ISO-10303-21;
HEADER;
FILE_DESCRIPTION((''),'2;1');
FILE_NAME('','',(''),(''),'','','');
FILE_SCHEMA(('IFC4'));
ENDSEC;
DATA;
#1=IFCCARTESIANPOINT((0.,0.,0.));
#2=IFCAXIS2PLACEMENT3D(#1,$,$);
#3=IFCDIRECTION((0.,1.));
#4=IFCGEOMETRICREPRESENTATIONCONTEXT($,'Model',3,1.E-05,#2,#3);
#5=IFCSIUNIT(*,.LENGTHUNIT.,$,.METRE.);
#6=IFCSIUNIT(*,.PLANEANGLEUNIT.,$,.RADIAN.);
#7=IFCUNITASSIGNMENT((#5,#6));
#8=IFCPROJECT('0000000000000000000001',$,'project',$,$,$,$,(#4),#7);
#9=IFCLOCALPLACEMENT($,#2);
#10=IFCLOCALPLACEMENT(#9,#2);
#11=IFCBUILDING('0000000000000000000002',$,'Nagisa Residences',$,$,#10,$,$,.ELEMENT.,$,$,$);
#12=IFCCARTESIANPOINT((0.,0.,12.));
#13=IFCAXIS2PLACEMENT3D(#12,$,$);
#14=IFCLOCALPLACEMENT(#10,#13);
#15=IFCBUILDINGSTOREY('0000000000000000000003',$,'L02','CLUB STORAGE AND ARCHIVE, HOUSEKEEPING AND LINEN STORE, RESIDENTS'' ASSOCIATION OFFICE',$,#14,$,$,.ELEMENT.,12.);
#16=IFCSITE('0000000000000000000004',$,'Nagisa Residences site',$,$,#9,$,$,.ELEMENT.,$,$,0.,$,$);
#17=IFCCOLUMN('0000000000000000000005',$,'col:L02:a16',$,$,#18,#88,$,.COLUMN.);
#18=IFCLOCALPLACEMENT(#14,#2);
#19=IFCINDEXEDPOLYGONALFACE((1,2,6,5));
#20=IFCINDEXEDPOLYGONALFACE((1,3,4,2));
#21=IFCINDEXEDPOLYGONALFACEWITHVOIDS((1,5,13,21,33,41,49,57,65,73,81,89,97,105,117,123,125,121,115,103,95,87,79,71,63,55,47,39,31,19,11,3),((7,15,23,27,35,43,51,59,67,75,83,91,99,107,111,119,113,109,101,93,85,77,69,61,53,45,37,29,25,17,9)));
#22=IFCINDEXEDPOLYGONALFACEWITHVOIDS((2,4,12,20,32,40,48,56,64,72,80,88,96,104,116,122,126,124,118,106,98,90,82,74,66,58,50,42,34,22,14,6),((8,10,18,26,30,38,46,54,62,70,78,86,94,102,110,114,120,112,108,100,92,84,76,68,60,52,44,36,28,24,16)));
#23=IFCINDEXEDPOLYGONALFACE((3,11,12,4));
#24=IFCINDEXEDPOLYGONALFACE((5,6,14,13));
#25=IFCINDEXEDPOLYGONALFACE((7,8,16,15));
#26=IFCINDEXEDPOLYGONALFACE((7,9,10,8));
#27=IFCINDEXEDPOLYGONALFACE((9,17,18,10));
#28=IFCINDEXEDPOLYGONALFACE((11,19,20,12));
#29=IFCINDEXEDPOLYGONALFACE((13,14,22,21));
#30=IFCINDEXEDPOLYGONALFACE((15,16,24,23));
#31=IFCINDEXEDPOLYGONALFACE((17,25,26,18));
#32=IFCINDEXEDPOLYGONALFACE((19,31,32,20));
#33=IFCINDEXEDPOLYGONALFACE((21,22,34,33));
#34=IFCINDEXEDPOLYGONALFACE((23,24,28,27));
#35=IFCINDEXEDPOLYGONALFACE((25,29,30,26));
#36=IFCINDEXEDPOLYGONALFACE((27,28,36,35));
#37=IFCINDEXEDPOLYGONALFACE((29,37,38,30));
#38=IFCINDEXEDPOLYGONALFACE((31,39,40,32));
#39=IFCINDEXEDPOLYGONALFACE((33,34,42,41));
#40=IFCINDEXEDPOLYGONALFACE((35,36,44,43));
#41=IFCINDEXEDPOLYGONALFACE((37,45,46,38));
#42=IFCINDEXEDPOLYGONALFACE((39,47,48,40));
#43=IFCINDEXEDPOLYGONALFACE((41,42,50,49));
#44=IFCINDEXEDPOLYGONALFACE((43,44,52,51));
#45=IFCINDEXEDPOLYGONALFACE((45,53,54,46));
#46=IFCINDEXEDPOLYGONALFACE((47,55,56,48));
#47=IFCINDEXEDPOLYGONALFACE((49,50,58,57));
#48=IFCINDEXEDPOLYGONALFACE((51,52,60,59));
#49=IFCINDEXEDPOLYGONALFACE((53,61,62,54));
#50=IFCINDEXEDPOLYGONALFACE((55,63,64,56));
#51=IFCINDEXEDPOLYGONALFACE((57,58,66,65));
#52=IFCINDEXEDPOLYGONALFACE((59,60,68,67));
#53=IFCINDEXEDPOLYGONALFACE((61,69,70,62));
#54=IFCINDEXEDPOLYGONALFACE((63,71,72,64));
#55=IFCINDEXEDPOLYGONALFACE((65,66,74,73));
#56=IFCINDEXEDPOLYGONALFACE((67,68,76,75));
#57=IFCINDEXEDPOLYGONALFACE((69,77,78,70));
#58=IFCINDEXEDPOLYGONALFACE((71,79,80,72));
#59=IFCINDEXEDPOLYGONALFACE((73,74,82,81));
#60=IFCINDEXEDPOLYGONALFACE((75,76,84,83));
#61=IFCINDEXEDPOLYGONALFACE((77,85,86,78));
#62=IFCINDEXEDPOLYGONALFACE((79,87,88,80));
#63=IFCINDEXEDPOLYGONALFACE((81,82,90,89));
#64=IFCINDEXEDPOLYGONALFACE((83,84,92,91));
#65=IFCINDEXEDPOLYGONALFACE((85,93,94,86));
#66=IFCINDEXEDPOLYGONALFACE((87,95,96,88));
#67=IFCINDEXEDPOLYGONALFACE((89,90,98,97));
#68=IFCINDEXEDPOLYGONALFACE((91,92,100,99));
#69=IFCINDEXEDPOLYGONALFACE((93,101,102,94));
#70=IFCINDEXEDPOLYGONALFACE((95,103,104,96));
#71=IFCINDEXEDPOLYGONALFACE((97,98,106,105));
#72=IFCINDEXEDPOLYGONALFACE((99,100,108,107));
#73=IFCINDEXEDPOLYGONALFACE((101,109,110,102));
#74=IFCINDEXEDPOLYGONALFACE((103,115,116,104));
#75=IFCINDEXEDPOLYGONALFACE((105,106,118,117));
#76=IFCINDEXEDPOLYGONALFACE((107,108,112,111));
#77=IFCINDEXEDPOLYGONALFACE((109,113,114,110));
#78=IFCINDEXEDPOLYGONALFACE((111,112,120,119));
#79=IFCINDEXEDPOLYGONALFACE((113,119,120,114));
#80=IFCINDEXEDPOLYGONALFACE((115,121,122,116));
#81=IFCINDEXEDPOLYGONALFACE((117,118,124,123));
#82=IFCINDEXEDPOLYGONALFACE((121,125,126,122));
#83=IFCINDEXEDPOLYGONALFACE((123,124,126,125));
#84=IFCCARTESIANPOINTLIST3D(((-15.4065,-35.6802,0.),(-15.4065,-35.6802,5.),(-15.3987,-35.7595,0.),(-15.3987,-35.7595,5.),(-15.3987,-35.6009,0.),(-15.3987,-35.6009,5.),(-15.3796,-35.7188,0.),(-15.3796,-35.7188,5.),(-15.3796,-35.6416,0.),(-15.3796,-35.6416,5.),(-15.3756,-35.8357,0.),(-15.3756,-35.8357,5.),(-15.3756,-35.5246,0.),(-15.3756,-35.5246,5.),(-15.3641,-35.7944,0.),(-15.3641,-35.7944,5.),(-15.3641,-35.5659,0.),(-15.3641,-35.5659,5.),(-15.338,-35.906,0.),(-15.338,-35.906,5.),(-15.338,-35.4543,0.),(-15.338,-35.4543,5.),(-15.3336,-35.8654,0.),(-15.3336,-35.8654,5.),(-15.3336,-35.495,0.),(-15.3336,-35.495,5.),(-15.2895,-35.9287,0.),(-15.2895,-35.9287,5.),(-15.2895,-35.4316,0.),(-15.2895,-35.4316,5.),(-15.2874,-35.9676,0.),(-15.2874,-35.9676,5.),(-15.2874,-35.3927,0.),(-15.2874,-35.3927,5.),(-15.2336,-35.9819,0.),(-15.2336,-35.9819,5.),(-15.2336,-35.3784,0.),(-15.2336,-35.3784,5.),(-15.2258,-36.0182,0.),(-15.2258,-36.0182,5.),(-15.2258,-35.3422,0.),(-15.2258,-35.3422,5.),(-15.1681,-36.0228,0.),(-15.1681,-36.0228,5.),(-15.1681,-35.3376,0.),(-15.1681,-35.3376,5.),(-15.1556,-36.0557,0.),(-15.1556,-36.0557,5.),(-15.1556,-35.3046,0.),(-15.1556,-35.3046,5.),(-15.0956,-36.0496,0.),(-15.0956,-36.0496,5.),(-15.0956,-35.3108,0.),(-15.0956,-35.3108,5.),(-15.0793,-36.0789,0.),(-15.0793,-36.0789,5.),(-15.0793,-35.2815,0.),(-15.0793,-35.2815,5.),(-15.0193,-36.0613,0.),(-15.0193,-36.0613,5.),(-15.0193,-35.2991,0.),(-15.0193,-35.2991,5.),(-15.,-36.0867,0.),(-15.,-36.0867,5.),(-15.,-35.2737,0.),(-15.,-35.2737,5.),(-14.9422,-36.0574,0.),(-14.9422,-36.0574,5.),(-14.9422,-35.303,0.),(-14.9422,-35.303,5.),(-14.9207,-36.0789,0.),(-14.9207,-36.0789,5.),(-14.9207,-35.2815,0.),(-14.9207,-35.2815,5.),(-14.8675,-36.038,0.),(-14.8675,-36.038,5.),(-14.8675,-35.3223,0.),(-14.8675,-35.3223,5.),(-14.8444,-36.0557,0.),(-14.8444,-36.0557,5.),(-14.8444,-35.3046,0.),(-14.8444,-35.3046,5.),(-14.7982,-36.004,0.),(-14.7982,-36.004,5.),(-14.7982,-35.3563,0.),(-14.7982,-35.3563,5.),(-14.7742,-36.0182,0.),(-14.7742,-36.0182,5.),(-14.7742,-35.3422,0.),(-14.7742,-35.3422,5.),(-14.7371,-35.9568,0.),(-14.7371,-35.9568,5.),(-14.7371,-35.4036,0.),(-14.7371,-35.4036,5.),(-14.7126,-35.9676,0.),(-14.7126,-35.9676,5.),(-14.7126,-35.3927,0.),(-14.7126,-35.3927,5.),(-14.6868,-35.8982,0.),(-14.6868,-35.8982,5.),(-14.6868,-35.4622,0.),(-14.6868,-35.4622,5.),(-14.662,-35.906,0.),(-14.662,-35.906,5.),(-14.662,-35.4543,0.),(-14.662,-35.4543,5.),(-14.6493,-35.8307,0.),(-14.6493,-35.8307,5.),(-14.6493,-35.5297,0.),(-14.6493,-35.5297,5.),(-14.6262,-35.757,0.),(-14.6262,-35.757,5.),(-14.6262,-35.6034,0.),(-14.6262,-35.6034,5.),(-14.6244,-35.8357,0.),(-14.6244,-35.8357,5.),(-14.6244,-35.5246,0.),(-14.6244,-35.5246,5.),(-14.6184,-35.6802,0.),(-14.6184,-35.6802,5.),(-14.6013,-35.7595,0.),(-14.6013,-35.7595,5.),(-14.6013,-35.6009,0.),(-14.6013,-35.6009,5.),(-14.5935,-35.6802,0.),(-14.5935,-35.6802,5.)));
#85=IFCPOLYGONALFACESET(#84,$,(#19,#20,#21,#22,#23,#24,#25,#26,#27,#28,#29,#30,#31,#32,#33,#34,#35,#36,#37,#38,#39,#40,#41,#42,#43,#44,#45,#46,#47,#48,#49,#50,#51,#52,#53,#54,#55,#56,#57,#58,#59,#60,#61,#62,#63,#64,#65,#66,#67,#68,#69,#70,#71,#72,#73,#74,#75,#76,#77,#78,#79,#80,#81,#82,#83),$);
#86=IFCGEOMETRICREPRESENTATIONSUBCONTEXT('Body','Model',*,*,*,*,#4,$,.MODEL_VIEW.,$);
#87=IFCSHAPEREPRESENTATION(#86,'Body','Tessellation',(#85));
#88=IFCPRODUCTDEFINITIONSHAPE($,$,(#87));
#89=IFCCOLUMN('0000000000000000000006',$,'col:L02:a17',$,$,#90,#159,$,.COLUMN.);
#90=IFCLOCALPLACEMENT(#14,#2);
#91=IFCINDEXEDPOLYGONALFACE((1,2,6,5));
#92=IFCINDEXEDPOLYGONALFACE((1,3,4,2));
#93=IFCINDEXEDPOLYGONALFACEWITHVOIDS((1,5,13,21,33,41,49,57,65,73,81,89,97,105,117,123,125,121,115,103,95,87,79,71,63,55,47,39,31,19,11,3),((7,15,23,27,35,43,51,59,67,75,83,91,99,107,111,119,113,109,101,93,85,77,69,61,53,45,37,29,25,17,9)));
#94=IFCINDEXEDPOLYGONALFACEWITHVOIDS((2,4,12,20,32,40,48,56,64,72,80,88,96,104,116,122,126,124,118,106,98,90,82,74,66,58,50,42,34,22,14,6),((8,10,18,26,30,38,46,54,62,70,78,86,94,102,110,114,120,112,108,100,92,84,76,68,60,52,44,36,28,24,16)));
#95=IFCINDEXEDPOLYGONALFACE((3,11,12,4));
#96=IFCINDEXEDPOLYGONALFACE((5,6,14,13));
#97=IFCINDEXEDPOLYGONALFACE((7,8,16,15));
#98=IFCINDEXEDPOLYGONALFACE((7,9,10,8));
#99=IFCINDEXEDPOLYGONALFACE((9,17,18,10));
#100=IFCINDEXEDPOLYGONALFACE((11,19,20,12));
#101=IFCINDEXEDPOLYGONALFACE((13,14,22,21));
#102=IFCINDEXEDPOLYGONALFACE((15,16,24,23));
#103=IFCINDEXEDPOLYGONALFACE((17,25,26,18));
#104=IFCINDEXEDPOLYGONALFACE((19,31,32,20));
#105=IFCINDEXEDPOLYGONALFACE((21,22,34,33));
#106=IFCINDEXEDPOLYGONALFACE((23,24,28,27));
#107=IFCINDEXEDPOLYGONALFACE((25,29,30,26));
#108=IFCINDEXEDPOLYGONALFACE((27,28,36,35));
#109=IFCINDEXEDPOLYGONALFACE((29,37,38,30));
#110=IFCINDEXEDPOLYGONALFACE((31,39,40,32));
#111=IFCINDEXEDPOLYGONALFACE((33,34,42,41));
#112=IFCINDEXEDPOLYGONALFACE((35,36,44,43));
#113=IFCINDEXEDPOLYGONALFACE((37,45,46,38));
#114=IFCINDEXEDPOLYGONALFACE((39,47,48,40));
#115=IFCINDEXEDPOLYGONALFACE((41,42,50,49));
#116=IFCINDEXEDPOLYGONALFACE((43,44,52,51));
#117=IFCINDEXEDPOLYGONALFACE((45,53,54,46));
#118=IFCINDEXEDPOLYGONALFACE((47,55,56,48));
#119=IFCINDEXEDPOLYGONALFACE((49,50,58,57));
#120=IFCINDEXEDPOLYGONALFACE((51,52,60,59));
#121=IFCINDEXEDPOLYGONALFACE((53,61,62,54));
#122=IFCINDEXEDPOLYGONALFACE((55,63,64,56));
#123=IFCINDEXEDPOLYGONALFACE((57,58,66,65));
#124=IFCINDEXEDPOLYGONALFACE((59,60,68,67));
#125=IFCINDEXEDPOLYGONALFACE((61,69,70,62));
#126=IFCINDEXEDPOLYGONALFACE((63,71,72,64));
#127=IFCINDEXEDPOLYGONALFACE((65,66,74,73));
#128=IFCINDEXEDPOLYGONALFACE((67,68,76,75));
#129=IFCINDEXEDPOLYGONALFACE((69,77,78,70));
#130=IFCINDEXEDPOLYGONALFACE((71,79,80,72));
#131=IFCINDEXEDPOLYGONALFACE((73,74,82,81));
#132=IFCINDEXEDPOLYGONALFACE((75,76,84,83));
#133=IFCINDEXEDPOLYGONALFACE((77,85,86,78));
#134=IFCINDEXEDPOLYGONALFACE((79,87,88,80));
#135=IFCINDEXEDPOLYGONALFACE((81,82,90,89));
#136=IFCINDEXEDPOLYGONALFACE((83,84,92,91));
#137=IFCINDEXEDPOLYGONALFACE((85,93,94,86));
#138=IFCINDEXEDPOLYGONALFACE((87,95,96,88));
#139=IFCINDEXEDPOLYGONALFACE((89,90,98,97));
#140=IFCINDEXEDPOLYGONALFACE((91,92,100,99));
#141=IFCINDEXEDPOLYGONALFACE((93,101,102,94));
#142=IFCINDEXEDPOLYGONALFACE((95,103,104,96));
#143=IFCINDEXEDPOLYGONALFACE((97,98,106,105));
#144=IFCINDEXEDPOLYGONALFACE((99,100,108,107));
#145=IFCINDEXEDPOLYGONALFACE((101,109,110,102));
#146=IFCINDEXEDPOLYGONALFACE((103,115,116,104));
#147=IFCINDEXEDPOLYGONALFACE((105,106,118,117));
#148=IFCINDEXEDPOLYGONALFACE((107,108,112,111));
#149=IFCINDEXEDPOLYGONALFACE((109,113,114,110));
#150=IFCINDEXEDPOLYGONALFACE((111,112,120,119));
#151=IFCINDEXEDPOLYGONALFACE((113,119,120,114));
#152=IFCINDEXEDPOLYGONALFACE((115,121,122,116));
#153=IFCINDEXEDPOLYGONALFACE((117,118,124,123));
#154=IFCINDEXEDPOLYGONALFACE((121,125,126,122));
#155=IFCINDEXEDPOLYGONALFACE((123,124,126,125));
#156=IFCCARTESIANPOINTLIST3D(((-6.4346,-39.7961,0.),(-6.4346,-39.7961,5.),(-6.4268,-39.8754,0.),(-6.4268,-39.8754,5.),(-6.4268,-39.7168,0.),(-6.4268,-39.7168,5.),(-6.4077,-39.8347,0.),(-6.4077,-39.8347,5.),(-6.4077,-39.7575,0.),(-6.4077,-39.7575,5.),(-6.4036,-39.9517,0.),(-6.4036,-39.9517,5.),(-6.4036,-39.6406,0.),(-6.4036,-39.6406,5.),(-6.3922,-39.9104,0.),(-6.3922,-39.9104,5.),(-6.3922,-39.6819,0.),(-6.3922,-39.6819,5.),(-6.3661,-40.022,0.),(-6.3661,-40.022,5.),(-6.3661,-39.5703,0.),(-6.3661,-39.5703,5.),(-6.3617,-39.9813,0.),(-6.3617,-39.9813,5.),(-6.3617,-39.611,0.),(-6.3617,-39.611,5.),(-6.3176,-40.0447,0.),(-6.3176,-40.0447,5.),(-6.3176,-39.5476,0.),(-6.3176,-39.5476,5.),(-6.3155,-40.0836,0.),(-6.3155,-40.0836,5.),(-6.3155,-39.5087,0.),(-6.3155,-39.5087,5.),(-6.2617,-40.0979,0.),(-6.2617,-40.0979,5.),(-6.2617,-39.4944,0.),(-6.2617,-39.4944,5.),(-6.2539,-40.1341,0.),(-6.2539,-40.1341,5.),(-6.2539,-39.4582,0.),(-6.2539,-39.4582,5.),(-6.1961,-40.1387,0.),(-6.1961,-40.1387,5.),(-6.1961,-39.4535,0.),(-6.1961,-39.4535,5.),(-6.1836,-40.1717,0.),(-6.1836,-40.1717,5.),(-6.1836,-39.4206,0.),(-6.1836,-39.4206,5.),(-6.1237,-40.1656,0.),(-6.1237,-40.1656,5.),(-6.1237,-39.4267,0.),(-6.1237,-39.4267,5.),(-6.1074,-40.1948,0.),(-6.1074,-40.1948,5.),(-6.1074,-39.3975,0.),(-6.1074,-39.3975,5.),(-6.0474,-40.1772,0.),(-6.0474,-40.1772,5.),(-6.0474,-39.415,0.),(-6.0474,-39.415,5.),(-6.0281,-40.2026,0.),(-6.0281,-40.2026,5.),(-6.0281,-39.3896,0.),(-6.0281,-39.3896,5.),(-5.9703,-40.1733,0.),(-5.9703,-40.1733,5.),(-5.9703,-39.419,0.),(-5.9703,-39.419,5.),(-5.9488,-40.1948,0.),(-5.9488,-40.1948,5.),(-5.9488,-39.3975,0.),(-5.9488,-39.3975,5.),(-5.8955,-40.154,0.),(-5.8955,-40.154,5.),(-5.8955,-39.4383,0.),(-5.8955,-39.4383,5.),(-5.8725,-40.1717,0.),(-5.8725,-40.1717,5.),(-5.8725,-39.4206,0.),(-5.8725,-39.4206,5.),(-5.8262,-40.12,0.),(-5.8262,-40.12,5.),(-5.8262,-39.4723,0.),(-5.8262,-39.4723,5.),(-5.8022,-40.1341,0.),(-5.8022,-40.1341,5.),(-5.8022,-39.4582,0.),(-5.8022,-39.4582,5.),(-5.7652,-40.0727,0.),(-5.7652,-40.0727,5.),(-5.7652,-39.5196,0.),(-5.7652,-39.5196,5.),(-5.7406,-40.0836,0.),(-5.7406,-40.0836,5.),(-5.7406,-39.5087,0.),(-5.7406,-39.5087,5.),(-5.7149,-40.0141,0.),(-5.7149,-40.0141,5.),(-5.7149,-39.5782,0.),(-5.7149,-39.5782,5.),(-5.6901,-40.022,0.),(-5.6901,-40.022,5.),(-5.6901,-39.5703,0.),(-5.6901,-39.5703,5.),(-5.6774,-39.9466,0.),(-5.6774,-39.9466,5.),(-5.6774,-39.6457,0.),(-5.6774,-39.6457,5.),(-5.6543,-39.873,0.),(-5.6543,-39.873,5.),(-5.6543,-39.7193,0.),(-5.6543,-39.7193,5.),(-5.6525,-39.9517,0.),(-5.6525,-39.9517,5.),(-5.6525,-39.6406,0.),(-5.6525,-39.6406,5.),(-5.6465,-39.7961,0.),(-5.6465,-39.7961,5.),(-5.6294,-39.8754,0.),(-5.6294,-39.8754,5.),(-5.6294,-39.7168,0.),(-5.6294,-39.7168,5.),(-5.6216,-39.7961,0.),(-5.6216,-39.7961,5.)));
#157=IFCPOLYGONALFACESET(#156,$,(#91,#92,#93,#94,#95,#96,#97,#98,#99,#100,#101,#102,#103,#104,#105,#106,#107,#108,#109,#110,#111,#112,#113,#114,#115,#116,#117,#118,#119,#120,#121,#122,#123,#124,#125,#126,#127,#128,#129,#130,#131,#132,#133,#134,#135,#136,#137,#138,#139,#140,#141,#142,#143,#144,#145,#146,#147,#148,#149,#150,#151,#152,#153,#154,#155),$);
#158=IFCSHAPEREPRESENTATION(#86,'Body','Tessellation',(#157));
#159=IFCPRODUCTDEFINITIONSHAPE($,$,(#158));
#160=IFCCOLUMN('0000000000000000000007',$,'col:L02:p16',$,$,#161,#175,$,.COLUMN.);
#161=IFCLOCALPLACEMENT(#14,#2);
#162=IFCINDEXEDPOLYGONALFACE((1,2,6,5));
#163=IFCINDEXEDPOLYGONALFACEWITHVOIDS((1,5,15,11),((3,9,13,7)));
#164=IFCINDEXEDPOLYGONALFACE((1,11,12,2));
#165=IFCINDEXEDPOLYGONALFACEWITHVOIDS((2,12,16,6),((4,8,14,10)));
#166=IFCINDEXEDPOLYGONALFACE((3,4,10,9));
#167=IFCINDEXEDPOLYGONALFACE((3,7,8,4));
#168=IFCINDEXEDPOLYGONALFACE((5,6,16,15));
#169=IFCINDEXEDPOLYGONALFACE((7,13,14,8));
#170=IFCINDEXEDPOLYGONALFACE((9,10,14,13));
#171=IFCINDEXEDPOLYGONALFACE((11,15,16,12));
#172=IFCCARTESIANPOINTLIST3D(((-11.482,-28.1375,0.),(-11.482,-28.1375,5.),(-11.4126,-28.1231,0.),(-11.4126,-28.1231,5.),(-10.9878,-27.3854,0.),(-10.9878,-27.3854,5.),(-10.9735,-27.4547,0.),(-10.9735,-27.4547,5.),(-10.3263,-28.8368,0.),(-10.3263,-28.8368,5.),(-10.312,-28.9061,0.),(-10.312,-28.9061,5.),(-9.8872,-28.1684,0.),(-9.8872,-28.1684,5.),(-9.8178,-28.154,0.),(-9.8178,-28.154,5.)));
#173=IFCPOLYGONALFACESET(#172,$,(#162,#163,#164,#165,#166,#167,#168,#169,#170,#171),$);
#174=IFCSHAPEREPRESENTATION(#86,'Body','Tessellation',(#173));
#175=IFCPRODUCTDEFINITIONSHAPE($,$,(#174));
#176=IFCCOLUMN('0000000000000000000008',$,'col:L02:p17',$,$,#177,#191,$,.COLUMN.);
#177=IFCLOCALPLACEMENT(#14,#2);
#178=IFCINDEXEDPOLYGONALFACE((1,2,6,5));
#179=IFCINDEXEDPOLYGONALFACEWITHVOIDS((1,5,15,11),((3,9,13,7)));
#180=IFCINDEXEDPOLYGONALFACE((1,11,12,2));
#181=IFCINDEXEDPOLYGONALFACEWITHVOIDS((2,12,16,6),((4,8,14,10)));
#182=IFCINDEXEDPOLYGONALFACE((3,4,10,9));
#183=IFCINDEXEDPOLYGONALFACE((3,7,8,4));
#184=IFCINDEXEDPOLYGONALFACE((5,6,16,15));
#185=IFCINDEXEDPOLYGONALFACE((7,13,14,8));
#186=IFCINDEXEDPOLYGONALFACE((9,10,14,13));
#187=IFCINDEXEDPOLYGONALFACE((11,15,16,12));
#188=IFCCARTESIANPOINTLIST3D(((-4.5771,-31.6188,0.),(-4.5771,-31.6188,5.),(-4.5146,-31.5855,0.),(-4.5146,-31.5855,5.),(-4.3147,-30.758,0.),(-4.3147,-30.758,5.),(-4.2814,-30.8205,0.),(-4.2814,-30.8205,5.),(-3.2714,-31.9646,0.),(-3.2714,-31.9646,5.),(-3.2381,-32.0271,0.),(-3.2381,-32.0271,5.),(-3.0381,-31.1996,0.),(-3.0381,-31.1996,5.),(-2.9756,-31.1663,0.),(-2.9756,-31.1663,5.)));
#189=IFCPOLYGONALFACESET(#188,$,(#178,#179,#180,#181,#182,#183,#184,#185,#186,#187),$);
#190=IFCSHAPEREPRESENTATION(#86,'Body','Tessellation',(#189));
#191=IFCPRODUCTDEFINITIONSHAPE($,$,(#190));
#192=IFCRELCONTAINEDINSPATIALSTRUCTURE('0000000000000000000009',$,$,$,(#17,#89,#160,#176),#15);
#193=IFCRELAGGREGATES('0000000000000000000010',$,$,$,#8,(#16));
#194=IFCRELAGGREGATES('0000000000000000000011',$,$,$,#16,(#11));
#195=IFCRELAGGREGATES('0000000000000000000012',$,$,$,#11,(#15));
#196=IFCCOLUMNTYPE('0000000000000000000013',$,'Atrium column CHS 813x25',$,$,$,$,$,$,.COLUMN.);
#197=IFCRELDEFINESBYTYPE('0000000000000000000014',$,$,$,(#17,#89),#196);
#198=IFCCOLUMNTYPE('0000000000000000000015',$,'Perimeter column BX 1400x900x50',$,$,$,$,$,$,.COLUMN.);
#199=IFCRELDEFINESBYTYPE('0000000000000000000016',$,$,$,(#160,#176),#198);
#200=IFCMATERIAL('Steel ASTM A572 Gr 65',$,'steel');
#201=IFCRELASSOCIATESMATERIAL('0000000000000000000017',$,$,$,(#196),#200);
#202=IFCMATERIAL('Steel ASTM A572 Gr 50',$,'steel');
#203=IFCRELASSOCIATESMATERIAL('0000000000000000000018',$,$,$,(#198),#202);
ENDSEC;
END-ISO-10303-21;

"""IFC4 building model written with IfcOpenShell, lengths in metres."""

from ifc_helpers import new_model, si_unit, direction, frame, origin, origin_2d, place, context, subcontext, project, spatial, hollow_rectangle, hollow_circle, extrude, material, material_profile, profile_set, type_object, element, save


model = new_model("IFC4")

# Units and contexts
model_context = context("Model", 3, precision=1e-05, world=origin(), true_north=direction((0.0, 1.0)))
body_context = subcontext(model_context, "Body", "Model", "MODEL_VIEW")
ifc_project = project(units=[si_unit("LENGTHUNIT", "METRE"), si_unit("PLANEANGLEUNIT", "RADIAN")], contexts=[model_context])

# Site, building, storey
site_placement = place(None, origin())
site = spatial("IfcSite", under=ifc_project, at=site_placement, Name="Nagisa Residences site", CompositionType="ELEMENT", RefElevation=0.0)
building_placement = place(site_placement, origin())
building = spatial("IfcBuilding", under=site, at=building_placement, Name="Nagisa Residences", CompositionType="ELEMENT")
storey_placement = place(building_placement, frame((0.0, 0.0, 12.0)))
storey = spatial("IfcBuildingStorey", under=building, at=storey_placement, Name="L02", Description="CLUB STORAGE AND ARCHIVE, HOUSEKEEPING AND LINEN STORE, RESIDENTS' ASSOCIATION OFFICE", CompositionType="ELEMENT", Elevation=12.0)

# Columns
ifc_material_1 = material(Name="Steel ASTM A572 Gr 65", Category="steel")
ifc_material_profile_1 = material_profile(ifc_material_1, hollow_circle(Radius=0.4065, WallThickness=0.0249, at=origin_2d()), Name="CHS 813x25")
ifc_profile_set_1 = profile_set([ifc_material_profile_1], Name="Steel ASTM A572 Gr 65")
column_type_1 = type_object("IfcColumnType", Name="Atrium column CHS 813x25", PredefinedType="COLUMN", material=ifc_profile_set_1)
for number, where, z_axis, x_axis, name in (
    (1, (-15.0, -35.6802, 0.0), (0.0, 0.0, 1.0), (1.0, 0.0, 0.0), "col:L02:a16"),
    (2, (-6.0281, -39.7961, 0.0), (0.0, 0.0, 1.0), (1.0, 0.0, 0.0), "col:L02:a17"),
):
    element("IfcColumn", number, at=place(storey_placement, frame(where, z_axis=z_axis, x_axis=x_axis)), inside=storey, type_object=column_type_1, Name=name, PredefinedType="COLUMN", context=body_context, shape_type="SweptSolid", body=[
        extrude(hollow_circle(Radius=0.4065, WallThickness=0.0249, at=origin_2d()), origin(), (0.0, 0.0, 1.0), 5.0),
    ])
ifc_material_2 = material(Name="Steel ASTM A572 Gr 50", Category="steel")
ifc_material_profile_2 = material_profile(ifc_material_2, hollow_rectangle(XDim=1.3999, YDim=0.8999, WallThickness=0.05, at=origin_2d()), Name="BX 1400x900x50")
ifc_profile_set_2 = profile_set([ifc_material_profile_2], Name="Steel ASTM A572 Gr 50")
column_type_2 = type_object("IfcColumnType", Name="Perimeter column BX 1400x900x50", PredefinedType="COLUMN", material=ifc_profile_set_2)
for number, where, z_axis, x_axis, name in (
    (3, (-10.6499, -28.1458, 0.0), (0.0, 0.0, 1.0), (0.835766, -0.549086, 0.0), "col:L02:p16"),
    (4, (-3.7764, -31.3926, 0.0), (0.0, 0.0, 1.0), (0.956525, -0.291652, 0.0), "col:L02:p17"),
):
    element("IfcColumn", number, at=place(storey_placement, frame(where, z_axis=z_axis, x_axis=x_axis)), inside=storey, type_object=column_type_2, Name=name, PredefinedType="COLUMN", context=body_context, shape_type="SweptSolid", body=[
        extrude(hollow_rectangle(XDim=1.3999, YDim=0.8999, WallThickness=0.05, at=origin_2d()), origin(), (0.0, 0.0, 1.0), 5.0),
    ])

save(model, "model.ifc")
